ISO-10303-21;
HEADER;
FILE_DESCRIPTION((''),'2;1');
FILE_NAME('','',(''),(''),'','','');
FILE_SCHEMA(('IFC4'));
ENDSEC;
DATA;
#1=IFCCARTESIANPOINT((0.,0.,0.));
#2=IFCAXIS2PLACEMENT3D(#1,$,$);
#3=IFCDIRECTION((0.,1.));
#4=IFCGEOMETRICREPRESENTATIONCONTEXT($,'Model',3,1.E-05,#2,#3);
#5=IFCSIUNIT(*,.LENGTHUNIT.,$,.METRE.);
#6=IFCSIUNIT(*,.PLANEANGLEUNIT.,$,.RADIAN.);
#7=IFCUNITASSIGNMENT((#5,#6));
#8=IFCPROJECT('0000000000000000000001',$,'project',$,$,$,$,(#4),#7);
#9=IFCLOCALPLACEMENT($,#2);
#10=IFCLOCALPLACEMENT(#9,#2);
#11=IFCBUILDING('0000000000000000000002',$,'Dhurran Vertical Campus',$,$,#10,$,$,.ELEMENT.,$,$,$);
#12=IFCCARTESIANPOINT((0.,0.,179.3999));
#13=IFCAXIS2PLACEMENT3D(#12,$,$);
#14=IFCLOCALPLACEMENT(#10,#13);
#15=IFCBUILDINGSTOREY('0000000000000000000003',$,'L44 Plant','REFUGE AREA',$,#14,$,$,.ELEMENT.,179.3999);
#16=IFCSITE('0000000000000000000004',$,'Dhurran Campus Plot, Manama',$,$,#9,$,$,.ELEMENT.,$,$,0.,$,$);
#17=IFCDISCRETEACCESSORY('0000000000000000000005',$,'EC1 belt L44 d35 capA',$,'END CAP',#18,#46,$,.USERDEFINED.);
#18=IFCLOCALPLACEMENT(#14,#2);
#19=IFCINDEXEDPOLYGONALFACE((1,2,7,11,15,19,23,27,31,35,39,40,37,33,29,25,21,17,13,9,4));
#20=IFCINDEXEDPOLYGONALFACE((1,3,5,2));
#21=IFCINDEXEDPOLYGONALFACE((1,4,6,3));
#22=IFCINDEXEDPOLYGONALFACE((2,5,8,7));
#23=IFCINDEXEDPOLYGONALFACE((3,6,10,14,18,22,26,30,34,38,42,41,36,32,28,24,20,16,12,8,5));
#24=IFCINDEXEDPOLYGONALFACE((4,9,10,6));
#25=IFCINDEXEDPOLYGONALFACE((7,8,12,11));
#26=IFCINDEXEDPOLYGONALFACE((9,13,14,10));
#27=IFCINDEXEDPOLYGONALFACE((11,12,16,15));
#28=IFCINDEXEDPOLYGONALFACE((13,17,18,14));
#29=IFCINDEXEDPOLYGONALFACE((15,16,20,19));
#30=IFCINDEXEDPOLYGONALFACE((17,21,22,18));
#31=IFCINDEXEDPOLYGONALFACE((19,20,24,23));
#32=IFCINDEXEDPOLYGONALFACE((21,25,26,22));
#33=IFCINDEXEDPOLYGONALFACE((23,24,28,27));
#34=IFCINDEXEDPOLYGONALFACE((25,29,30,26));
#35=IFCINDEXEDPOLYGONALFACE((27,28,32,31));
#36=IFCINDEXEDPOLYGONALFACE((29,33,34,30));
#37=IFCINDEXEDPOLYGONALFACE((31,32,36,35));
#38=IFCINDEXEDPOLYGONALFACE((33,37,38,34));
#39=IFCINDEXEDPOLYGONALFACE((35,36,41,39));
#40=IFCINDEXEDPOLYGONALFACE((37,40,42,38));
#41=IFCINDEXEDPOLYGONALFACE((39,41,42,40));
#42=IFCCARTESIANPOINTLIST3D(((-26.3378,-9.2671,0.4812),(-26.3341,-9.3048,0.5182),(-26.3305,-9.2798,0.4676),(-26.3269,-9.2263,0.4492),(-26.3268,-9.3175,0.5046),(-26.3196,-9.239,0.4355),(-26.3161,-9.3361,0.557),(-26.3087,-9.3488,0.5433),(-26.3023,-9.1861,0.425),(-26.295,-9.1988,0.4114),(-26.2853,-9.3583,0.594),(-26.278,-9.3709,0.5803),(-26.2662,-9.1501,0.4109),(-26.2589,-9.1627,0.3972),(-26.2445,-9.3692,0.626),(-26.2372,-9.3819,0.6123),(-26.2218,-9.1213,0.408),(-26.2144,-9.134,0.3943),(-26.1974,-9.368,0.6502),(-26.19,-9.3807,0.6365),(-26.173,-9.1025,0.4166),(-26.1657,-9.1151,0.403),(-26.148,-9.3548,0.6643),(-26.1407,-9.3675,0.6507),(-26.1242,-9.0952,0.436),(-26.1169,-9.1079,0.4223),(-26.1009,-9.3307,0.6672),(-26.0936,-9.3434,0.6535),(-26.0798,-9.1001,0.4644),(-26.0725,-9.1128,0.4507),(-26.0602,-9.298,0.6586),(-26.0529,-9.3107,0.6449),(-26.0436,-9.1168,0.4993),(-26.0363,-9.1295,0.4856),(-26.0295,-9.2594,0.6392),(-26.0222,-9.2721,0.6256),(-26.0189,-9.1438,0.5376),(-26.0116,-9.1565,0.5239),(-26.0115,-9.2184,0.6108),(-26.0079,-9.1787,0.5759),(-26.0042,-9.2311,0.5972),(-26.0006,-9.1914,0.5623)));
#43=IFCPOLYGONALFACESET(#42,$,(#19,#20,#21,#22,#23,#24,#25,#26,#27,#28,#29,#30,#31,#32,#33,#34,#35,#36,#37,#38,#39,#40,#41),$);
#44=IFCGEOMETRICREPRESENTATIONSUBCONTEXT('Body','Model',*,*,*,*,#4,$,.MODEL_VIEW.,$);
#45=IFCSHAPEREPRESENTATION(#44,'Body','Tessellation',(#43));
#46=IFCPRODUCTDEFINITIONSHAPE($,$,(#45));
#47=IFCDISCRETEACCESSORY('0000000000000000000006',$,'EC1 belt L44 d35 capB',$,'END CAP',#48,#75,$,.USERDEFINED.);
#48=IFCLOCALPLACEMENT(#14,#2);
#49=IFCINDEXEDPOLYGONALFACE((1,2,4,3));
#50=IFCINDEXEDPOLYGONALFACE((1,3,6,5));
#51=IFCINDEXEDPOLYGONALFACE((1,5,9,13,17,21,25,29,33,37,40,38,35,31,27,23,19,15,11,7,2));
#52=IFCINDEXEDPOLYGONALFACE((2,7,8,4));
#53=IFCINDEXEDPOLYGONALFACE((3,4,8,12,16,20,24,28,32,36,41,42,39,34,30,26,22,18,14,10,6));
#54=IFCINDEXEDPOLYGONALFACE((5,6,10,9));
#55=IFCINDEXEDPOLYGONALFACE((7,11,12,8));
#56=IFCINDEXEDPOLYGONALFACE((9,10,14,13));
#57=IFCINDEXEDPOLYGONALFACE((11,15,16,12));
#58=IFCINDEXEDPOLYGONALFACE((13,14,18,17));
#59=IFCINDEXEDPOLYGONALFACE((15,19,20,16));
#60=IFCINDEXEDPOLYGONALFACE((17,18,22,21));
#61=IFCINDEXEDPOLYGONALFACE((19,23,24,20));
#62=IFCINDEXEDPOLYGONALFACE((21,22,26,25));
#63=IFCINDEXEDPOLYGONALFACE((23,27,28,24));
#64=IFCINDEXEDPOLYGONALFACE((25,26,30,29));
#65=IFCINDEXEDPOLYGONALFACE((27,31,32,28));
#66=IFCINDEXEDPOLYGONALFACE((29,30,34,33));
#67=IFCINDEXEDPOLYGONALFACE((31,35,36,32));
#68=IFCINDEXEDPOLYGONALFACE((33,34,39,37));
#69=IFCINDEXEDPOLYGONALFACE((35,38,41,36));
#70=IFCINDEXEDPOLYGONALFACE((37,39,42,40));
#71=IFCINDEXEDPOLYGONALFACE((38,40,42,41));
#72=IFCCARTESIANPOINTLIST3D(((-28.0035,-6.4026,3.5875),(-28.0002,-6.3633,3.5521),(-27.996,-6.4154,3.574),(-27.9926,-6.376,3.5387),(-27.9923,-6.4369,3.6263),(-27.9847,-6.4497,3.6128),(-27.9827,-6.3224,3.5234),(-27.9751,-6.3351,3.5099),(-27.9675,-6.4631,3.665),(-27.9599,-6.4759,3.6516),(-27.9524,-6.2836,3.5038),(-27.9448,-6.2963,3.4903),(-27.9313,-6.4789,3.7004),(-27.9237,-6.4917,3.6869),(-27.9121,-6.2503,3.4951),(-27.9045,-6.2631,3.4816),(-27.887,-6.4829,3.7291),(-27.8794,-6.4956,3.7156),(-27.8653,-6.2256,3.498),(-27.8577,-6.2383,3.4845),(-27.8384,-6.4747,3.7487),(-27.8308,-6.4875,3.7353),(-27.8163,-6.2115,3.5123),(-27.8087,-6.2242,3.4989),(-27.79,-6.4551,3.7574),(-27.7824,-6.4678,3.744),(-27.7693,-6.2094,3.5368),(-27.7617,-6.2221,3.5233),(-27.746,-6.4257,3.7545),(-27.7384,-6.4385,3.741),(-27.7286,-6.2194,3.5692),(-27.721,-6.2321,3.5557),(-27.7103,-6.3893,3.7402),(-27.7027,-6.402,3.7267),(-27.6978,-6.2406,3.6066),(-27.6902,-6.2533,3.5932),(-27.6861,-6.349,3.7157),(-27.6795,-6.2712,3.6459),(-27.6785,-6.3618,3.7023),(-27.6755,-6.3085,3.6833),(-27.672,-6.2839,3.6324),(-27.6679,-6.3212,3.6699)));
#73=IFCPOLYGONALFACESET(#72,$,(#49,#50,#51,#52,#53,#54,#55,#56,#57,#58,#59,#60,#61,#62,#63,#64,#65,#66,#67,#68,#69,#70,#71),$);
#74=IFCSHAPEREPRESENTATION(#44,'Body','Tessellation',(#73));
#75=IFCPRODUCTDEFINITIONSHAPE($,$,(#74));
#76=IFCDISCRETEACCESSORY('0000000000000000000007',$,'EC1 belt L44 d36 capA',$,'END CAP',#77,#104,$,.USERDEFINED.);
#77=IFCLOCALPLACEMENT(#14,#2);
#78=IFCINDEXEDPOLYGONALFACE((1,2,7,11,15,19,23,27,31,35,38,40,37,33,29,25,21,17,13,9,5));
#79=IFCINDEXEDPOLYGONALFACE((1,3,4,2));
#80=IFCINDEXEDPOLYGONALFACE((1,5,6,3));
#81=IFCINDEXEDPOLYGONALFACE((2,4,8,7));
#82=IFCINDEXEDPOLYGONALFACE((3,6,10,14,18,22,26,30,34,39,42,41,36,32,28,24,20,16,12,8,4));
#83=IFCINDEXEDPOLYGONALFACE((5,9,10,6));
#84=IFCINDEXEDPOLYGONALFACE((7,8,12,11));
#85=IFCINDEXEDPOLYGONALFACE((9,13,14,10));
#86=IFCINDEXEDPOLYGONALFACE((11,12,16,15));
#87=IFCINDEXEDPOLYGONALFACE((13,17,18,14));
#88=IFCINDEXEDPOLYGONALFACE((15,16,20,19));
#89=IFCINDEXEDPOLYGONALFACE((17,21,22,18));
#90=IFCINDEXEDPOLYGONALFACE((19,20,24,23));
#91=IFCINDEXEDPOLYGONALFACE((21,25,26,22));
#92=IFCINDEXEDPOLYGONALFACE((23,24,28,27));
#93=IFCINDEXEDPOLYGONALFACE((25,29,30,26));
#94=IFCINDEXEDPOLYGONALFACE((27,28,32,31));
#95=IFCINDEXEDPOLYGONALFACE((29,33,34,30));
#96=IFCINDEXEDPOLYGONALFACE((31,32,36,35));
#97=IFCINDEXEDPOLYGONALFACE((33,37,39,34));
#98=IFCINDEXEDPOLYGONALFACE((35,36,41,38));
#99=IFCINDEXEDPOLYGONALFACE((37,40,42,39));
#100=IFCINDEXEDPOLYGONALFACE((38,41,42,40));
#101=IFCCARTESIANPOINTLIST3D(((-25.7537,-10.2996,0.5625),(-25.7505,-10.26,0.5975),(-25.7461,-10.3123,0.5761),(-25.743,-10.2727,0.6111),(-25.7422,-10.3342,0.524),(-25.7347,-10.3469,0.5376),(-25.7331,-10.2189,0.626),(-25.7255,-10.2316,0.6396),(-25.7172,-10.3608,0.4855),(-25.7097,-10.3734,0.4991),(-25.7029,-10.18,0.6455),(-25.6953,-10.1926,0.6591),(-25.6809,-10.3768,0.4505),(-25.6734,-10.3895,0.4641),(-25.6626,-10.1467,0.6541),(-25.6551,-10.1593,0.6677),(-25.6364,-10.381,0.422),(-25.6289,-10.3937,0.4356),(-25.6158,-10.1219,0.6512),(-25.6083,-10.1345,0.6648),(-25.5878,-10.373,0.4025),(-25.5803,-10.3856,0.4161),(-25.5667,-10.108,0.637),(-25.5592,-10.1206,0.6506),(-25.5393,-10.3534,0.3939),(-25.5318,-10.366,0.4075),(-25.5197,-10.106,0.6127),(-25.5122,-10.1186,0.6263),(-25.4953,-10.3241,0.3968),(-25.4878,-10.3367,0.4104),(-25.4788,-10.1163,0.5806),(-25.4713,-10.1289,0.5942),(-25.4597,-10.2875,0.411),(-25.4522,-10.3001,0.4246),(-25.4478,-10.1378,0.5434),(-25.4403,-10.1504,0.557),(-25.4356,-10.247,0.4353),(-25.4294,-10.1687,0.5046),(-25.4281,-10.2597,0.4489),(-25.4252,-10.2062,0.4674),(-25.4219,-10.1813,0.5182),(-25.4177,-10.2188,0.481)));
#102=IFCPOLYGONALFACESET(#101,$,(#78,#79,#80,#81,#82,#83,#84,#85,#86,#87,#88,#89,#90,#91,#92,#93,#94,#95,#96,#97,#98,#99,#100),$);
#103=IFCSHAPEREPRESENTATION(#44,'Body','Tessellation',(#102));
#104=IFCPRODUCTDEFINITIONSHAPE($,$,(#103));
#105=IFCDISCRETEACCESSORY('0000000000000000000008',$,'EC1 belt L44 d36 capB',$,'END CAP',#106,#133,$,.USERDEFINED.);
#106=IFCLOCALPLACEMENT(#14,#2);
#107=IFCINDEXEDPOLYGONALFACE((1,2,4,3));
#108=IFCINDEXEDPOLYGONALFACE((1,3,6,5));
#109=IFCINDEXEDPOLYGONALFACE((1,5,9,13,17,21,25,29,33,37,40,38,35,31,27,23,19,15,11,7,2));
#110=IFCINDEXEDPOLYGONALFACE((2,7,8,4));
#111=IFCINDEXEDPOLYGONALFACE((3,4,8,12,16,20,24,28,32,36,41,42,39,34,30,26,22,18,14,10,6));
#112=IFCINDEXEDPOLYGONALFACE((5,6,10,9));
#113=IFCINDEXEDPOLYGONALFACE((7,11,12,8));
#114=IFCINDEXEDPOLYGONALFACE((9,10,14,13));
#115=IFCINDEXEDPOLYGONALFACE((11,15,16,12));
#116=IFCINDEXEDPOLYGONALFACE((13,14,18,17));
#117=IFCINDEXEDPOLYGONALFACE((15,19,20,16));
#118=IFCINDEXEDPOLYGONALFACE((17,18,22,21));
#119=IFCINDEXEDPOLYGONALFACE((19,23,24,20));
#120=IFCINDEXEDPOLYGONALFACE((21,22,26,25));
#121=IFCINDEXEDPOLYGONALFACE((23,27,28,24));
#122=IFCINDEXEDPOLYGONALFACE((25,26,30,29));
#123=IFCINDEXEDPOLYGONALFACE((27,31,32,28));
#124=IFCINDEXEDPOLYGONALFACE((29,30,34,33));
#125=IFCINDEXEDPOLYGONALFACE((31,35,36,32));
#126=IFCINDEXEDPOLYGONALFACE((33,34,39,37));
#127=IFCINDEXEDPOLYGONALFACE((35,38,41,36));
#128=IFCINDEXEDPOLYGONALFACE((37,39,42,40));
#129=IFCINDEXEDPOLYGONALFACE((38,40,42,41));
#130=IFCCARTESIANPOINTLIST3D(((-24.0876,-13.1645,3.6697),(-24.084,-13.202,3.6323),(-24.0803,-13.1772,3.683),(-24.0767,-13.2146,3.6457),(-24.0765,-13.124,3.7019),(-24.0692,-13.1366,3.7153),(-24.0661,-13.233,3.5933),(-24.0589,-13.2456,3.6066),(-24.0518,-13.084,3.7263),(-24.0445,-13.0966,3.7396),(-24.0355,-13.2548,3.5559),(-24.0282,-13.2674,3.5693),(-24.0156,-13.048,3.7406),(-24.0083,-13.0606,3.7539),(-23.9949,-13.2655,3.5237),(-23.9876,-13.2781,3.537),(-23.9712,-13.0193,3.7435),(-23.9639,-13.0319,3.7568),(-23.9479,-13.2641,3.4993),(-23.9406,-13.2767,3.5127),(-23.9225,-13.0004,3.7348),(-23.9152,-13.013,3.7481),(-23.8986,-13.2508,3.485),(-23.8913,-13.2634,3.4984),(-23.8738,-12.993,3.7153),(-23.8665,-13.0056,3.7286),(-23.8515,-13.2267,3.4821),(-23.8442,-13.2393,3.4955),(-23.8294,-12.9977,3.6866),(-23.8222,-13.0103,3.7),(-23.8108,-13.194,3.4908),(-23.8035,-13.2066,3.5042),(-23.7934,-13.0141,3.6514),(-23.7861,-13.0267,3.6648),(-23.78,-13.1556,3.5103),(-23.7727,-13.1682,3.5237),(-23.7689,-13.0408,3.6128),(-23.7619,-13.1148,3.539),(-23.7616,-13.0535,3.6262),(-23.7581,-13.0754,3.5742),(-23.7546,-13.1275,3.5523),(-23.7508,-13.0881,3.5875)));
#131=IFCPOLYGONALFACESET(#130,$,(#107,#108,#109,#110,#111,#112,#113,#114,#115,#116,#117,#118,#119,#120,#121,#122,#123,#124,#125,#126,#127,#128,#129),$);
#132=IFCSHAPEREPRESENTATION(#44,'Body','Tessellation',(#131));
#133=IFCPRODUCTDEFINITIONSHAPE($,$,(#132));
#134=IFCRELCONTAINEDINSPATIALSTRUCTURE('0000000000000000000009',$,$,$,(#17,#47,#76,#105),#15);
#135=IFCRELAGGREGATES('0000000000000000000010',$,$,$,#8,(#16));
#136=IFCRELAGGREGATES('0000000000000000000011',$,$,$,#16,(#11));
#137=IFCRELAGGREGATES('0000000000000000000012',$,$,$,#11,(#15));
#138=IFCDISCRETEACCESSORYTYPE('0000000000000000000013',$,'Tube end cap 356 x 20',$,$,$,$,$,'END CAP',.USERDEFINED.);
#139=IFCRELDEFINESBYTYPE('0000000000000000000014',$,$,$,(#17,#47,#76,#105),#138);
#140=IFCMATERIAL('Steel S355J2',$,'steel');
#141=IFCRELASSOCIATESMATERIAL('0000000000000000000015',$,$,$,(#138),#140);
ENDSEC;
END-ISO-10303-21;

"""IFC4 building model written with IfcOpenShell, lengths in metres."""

from ifc_helpers import new_model, si_unit, direction, frame, origin, origin_2d, place, context, subcontext, project, spatial, circle, extrude, material, material_profile, profile_set, type_object, element, save


model = new_model("IFC4")

# Units and contexts
model_context = context("Model", 3, precision=1e-05, world=origin(), true_north=direction((0.0, 1.0)))
body_context = subcontext(model_context, "Body", "Model", "MODEL_VIEW")
ifc_project = project(units=[si_unit("LENGTHUNIT", "METRE"), si_unit("PLANEANGLEUNIT", "RADIAN")], contexts=[model_context])

# Site, building, storey
site_placement = place(None, origin())
site = spatial("IfcSite", under=ifc_project, at=site_placement, Name="Dhurran Campus Plot, Manama", CompositionType="ELEMENT", RefElevation=0.0)
building_placement = place(site_placement, origin())
building = spatial("IfcBuilding", under=site, at=building_placement, Name="Dhurran Vertical Campus", CompositionType="ELEMENT")
storey_placement = place(building_placement, frame((0.0, 0.0, 179.3999)))
storey = spatial("IfcBuildingStorey", under=building, at=storey_placement, Name="L44 Plant", Description="REFUGE AREA", CompositionType="ELEMENT", Elevation=179.3999)

# Discrete accessories
ifc_material_1 = material(Name="Steel S355J2", Category="steel")
ifc_material_profile_1 = material_profile(ifc_material_1, circle(Radius=0.1777, at=origin_2d()), Name="Tube end cap 356 x 20")
ifc_profile_set_1 = profile_set([ifc_material_profile_1], Name="Steel S355J2")
discrete_accessory_type = type_object("IfcDiscreteAccessoryType", Name="Tube end cap 356 x 20", ElementType="END CAP", PredefinedType="USERDEFINED", material=ifc_profile_set_1)
for number, where, z_axis, x_axis, name in (
    (1, (-26.1729, -9.2327, 0.5376), (0.365419, -0.633393, -0.682116), (0.866186, 0.499722, 0.0), "EC1 belt L44 d35 capA"),
    (2, (-27.832, -6.3586, 3.6128), (-0.379008, 0.635756, 0.672434), (-0.858947, -0.512065, 0.0), "EC1 belt L44 d35 capB"),
    (3, (-25.582, -10.2559, 0.5376), (-0.375903, 0.630546, -0.67905), (-0.858947, -0.512065, 0.0), "EC1 belt L44 d36 capA"),
):
    element("IfcDiscreteAccessory", number, at=place(storey_placement, frame(where, z_axis=z_axis, x_axis=x_axis)), inside=storey, type_object=discrete_accessory_type, Name=name, ObjectType="END CAP", PredefinedType="USERDEFINED", context=body_context, shape_type="SweptSolid", body=[
        extrude(circle(Radius=0.1777, at=origin_2d()), origin(), (0.0, 0.0, 1.0), 0.02),
    ])
discrete_accessory_placement = place(storey_placement, frame((-23.9229, -13.1296, 3.6128), z_axis=(0.368466, -0.638674, 0.675521), x_axis=(0.866186, 0.499722, 0.0)))
element("IfcDiscreteAccessory", 4, at=discrete_accessory_placement, inside=storey, type_object=discrete_accessory_type, Name="EC1 belt L44 d36 capB", ObjectType="END CAP", PredefinedType="USERDEFINED", context=body_context, shape_type="SweptSolid", body=[
    extrude(circle(Radius=0.1777, at=origin_2d()), origin(), (0.0, 0.0, 1.0), 0.0198),
])

save(model, "model.ifc")
